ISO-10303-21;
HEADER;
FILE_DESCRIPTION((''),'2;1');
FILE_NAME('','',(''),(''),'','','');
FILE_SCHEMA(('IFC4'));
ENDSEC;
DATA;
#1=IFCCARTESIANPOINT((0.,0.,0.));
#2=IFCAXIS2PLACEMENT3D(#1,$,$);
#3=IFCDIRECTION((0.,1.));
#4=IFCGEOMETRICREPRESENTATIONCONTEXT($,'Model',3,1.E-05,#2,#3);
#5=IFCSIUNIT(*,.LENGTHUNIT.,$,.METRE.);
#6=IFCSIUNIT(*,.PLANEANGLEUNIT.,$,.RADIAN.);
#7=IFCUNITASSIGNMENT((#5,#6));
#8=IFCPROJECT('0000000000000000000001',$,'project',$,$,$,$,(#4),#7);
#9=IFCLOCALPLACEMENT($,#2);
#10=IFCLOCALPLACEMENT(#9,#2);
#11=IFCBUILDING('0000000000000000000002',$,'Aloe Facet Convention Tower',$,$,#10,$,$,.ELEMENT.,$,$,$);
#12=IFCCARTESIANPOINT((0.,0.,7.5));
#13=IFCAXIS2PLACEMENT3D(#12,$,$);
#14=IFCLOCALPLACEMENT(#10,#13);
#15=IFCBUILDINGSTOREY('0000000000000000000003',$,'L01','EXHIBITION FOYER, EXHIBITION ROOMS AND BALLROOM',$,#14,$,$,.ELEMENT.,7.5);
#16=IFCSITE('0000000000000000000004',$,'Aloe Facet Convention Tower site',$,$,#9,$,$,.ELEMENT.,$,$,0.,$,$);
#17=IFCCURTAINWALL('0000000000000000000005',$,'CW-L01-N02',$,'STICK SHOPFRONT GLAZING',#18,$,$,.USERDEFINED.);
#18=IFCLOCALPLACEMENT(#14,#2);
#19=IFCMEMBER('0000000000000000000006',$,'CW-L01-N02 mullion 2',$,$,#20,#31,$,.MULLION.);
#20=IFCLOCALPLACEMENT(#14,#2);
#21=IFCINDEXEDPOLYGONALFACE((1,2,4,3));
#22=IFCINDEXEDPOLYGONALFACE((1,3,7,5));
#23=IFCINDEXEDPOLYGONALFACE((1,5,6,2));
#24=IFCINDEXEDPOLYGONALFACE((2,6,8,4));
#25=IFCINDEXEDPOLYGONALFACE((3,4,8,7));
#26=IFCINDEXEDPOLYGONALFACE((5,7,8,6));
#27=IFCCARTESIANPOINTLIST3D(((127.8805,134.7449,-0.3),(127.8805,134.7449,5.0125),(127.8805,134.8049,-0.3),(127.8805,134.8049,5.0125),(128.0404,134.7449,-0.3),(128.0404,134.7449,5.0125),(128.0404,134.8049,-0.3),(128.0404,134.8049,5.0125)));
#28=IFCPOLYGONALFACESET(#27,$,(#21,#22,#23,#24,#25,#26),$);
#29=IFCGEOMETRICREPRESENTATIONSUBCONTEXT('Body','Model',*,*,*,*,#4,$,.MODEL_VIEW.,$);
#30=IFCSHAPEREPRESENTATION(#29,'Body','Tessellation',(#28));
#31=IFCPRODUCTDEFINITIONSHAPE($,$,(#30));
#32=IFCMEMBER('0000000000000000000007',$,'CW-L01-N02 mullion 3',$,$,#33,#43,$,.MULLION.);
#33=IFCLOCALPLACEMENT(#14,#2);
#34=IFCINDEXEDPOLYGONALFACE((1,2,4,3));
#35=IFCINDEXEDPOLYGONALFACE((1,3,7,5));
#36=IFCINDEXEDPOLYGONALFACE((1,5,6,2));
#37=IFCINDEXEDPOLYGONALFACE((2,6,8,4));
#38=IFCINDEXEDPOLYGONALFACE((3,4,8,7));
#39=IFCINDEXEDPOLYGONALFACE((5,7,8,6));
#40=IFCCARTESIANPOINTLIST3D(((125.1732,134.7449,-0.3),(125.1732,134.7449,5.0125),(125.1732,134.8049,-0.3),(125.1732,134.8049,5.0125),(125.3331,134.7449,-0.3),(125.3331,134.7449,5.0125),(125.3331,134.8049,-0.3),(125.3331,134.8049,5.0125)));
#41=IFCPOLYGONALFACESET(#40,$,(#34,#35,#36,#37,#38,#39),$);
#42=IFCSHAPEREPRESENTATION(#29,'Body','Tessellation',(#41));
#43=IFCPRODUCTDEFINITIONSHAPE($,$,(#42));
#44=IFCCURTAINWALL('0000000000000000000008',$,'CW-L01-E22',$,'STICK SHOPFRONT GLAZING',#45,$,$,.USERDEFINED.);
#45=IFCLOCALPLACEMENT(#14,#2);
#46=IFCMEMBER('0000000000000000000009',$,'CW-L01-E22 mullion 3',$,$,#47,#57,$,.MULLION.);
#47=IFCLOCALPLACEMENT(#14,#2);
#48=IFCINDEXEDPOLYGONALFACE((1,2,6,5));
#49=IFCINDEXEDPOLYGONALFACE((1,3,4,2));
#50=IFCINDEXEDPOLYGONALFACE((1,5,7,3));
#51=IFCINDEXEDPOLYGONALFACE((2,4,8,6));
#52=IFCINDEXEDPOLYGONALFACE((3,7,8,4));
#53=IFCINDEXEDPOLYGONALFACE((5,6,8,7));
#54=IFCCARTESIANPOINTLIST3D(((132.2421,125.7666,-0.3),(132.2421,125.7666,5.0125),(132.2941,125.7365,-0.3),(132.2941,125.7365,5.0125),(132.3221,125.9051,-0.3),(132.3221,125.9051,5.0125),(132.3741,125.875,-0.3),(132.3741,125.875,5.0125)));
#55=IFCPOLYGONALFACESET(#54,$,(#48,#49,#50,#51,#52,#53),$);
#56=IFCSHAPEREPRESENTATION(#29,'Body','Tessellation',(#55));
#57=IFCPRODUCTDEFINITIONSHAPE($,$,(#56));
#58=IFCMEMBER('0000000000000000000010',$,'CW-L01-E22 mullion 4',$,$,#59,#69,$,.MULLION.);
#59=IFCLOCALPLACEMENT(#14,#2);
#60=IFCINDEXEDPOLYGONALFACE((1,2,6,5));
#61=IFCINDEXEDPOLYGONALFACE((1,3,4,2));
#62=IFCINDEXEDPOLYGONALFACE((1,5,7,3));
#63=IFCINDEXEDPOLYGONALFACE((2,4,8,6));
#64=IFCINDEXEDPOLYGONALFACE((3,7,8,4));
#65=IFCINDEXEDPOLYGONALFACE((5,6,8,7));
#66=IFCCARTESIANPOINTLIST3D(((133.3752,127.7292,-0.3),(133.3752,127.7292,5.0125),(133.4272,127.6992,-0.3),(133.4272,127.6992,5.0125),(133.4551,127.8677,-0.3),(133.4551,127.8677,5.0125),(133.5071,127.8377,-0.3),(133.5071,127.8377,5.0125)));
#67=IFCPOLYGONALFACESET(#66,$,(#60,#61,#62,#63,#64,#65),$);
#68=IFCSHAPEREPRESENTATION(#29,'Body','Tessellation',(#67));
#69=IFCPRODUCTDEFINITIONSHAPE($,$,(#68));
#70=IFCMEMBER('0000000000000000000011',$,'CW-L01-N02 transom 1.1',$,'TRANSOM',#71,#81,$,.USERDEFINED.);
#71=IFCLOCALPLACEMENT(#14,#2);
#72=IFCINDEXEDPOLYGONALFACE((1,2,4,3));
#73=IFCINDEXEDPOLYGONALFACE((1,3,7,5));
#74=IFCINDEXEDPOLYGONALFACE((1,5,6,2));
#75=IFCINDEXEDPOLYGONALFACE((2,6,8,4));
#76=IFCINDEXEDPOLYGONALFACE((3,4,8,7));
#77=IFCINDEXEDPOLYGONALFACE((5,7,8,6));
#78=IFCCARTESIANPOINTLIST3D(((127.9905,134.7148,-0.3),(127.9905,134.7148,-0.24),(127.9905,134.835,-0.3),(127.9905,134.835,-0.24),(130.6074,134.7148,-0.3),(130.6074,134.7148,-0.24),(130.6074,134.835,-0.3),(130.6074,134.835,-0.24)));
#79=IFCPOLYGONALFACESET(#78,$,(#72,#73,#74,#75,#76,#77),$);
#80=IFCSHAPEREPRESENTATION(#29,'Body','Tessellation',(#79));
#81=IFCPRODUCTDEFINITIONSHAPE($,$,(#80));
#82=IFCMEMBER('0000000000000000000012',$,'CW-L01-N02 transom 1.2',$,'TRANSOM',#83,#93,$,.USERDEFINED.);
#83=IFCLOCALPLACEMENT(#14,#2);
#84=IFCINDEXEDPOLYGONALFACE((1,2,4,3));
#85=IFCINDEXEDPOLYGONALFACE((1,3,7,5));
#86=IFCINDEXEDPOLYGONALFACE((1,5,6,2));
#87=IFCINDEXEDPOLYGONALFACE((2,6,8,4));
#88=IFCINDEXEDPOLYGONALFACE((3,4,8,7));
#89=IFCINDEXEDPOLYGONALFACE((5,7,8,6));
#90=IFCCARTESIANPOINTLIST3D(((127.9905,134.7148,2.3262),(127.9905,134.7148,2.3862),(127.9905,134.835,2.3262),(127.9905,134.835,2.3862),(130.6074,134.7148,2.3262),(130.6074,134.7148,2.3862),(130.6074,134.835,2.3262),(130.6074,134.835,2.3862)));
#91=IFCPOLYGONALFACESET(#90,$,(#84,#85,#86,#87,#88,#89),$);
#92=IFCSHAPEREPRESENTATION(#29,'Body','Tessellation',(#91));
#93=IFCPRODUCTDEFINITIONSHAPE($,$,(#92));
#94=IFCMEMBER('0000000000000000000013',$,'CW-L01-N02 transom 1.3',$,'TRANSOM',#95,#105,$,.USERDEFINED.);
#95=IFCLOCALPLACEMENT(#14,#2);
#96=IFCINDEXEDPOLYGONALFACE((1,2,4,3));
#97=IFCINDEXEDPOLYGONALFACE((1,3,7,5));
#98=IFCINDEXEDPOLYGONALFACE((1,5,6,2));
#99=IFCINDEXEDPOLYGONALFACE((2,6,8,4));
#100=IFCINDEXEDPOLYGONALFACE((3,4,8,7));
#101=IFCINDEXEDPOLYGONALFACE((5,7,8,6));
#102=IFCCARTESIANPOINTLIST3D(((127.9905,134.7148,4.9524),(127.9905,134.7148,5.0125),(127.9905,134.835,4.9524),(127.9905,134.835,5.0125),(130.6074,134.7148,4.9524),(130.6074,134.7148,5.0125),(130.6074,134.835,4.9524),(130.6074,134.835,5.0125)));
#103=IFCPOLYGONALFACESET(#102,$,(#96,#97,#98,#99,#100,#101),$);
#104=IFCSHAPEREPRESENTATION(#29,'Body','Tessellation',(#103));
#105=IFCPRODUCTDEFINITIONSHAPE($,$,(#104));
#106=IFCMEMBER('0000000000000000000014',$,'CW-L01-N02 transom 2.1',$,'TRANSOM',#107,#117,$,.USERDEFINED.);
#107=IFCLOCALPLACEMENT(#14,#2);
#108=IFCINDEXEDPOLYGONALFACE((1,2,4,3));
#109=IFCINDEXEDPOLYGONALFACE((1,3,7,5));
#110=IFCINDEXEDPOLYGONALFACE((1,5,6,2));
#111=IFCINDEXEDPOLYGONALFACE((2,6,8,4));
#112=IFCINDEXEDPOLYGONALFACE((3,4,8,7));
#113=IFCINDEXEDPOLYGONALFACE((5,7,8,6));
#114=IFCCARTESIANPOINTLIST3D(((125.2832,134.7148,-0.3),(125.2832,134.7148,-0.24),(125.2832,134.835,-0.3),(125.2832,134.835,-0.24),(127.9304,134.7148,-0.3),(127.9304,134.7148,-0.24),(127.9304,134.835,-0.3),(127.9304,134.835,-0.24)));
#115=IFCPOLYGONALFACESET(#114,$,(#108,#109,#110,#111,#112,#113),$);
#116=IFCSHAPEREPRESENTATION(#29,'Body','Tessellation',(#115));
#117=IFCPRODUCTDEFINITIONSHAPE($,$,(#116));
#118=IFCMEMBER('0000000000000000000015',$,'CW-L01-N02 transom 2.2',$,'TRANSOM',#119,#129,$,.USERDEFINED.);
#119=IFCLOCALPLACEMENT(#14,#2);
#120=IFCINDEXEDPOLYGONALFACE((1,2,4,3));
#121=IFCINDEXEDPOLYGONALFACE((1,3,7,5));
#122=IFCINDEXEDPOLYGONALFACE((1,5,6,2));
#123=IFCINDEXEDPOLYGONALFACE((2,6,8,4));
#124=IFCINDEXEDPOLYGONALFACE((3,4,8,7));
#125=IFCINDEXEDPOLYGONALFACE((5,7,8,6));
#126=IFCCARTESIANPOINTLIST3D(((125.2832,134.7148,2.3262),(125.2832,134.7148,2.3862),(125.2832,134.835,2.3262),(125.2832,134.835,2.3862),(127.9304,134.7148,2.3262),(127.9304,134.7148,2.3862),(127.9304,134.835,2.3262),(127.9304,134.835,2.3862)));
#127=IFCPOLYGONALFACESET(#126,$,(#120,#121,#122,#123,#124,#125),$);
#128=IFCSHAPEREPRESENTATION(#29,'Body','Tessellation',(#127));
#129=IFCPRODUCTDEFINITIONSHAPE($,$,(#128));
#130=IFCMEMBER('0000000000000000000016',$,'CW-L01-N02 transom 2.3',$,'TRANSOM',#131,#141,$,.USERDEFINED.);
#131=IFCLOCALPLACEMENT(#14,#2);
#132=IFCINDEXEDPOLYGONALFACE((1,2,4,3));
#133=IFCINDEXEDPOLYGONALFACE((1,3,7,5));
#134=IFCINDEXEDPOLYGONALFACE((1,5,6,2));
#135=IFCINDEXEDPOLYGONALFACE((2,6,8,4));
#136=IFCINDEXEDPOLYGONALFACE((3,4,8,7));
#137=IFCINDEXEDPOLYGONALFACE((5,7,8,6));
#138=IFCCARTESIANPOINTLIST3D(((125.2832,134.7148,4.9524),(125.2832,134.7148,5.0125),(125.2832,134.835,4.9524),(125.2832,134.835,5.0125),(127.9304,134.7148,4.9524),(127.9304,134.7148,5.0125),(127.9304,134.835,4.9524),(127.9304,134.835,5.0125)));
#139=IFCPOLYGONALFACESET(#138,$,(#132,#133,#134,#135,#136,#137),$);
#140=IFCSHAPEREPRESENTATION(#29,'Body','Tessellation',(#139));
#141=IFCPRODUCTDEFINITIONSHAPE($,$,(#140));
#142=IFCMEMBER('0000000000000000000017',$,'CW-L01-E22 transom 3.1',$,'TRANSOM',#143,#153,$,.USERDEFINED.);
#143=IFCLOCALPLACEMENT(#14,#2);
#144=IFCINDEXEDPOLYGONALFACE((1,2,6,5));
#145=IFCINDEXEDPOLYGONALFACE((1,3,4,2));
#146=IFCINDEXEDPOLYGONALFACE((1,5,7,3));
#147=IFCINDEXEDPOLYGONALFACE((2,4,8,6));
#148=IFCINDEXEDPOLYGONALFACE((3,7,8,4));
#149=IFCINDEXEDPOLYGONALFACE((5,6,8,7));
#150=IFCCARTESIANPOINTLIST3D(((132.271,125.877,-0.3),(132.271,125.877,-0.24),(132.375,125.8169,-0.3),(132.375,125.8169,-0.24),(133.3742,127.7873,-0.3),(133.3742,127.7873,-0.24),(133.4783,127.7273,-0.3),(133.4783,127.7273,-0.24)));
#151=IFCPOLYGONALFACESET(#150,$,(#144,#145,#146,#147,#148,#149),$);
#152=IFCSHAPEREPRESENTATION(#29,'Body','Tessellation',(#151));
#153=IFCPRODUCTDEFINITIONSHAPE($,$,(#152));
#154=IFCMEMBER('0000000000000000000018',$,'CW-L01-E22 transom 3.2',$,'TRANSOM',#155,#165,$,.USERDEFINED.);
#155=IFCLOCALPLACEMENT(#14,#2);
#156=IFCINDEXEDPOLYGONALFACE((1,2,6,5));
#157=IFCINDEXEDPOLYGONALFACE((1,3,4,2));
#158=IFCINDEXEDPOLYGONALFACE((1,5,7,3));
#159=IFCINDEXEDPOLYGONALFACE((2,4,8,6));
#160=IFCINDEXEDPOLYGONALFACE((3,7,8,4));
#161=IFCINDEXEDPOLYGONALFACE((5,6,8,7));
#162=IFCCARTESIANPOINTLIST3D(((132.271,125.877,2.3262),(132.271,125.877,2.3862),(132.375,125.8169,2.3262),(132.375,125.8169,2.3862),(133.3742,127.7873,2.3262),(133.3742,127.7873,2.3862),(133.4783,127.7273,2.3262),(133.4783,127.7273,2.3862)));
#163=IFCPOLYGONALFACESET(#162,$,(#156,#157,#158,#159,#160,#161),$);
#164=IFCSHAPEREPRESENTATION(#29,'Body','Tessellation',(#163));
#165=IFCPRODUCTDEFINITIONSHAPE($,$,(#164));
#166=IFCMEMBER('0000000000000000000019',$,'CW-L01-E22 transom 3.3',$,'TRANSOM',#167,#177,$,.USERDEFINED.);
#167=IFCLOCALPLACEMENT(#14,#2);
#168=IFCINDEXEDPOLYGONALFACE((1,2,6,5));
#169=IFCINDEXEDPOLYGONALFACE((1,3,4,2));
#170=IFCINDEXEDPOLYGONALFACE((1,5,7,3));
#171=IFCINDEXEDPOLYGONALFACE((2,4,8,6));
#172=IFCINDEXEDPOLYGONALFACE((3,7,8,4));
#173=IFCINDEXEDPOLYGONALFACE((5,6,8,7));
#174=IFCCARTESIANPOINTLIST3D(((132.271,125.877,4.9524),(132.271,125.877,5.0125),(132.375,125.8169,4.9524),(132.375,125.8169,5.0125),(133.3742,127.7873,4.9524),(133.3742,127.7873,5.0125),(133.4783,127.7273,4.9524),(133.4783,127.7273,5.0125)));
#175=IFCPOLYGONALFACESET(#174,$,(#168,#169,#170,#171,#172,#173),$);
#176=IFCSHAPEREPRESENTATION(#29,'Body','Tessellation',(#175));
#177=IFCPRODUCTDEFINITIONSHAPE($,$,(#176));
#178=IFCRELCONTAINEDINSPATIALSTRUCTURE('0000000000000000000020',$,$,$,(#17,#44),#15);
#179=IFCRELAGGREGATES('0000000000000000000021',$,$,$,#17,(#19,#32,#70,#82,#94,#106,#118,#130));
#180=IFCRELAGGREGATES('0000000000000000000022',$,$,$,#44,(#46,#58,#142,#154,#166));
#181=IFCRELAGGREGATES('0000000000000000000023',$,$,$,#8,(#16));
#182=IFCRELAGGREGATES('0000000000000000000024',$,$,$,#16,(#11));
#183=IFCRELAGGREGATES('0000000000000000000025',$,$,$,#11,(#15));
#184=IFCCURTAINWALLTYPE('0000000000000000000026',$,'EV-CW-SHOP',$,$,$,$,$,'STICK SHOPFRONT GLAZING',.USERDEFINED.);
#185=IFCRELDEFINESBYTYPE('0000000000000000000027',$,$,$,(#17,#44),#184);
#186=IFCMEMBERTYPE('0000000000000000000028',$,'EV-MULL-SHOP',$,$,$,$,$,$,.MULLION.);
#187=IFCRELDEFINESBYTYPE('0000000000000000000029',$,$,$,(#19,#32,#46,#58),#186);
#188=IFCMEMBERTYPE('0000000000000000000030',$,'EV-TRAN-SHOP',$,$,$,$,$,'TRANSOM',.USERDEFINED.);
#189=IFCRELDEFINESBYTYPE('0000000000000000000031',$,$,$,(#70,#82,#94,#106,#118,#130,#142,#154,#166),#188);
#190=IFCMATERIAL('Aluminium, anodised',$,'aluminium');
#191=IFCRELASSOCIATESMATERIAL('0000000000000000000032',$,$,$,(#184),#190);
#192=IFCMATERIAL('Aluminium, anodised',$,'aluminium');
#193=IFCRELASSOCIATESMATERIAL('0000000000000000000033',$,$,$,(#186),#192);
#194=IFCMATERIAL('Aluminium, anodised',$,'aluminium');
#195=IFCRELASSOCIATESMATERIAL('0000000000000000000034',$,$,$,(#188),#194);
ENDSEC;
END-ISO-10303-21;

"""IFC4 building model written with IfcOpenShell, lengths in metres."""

from ifc_helpers import new_model, si_unit, direction, frame, origin, origin_2d, place, context, subcontext, project, spatial, rectangle, extrude, material, material_profile, profile_set, type_object, element, aggregate, save


model = new_model("IFC4")

# Units and contexts
model_context = context("Model", 3, precision=1e-05, world=origin(), true_north=direction((0.0, 1.0)))
body_context = subcontext(model_context, "Body", "Model", "MODEL_VIEW")
ifc_project = project(units=[si_unit("LENGTHUNIT", "METRE"), si_unit("PLANEANGLEUNIT", "RADIAN")], contexts=[model_context])

# Site, building, storey
site_placement = place(None, origin())
site = spatial("IfcSite", under=ifc_project, at=site_placement, Name="Aloe Facet Convention Tower site", CompositionType="ELEMENT", RefElevation=0.0)
building_placement = place(site_placement, origin())
building = spatial("IfcBuilding", under=site, at=building_placement, Name="Aloe Facet Convention Tower", CompositionType="ELEMENT")
storey_placement = place(building_placement, frame((0.0, 0.0, 7.5)))
storey = spatial("IfcBuildingStorey", under=building, at=storey_placement, Name="L01", Description="EXHIBITION FOYER, EXHIBITION ROOMS AND BALLROOM", CompositionType="ELEMENT", Elevation=7.5)

# Curtain walls, members
ifc_material_1 = material(Name="Aluminium, anodised", Category="aluminium")
curtain_wall_type = type_object("IfcCurtainWallType", Name="EV-CW-SHOP", ElementType="STICK SHOPFRONT GLAZING", PredefinedType="USERDEFINED", material=ifc_material_1)
curtain_wall_1_placement = place(storey_placement, origin())
curtain_wall_1 = element("IfcCurtainWall", 1, at=curtain_wall_1_placement, inside=storey, type_object=curtain_wall_type, Name="CW-L01-N02", ObjectType="STICK SHOPFRONT GLAZING", PredefinedType="USERDEFINED")
ifc_material_2 = material(Name="Aluminium, anodised", Category="aluminium")
ifc_material_profile_1 = material_profile(ifc_material_2, rectangle(XDim=0.0601, YDim=0.1599, at=origin_2d()), Name="AL 60x160")
ifc_profile_set_1 = profile_set([ifc_material_profile_1], Name="Aluminium, anodised")
member_type_1 = type_object("IfcMemberType", Name="EV-MULL-SHOP", PredefinedType="MULLION", material=ifc_profile_set_1)
member_1_placement = place(storey_placement, frame((127.9604, 134.7749, -0.3), z_axis=(0.0, 0.0, 1.0), x_axis=(0.0, -1.0, 0.0)))
member_1 = element("IfcMember", 2, at=member_1_placement, type_object=member_type_1, Name="CW-L01-N02 mullion 2", PredefinedType="MULLION", context=body_context, shape_type="SweptSolid", body=[
    extrude(rectangle(XDim=0.0601, YDim=0.1599, at=origin_2d()), origin(), (0.0, 0.0, 1.0), 5.3125),
])
member_2_placement = place(storey_placement, frame((125.2532, 134.7749, -0.3), z_axis=(0.0, 0.0, 1.0), x_axis=(0.0, -1.0, 0.0)))
member_2 = element("IfcMember", 3, at=member_2_placement, type_object=member_type_1, Name="CW-L01-N02 mullion 3", PredefinedType="MULLION", context=body_context, shape_type="SweptSolid", body=[
    extrude(rectangle(XDim=0.0601, YDim=0.1599, at=origin_2d()), origin(), (0.0, 0.0, 1.0), 5.3125),
])
curtain_wall_2_placement = place(storey_placement, origin())
curtain_wall_2 = element("IfcCurtainWall", 4, at=curtain_wall_2_placement, inside=storey, type_object=curtain_wall_type, Name="CW-L01-E22", ObjectType="STICK SHOPFRONT GLAZING", PredefinedType="USERDEFINED")
member_3_placement = place(storey_placement, frame((132.3081, 125.8208, -0.3), z_axis=(0.0, 0.0, 1.0), x_axis=(-0.866025, 0.5, 0.0)))
member_3 = element("IfcMember", 5, at=member_3_placement, type_object=member_type_1, Name="CW-L01-E22 mullion 3", PredefinedType="MULLION", context=body_context, shape_type="SweptSolid", body=[
    extrude(rectangle(XDim=0.0601, YDim=0.1599, at=origin_2d()), origin(), (0.0, 0.0, 1.0), 5.3125),
])
member_4_placement = place(storey_placement, frame((133.4412, 127.7834, -0.3), z_axis=(0.0, 0.0, 1.0), x_axis=(-0.866025, 0.5, 0.0)))
member_4 = element("IfcMember", 6, at=member_4_placement, type_object=member_type_1, Name="CW-L01-E22 mullion 4", PredefinedType="MULLION", context=body_context, shape_type="SweptSolid", body=[
    extrude(rectangle(XDim=0.0601, YDim=0.1599, at=origin_2d()), origin(), (0.0, 0.0, 1.0), 5.3125),
])

# Members
ifc_material_3 = material(Name="Aluminium, anodised", Category="aluminium")
ifc_material_profile_2 = material_profile(ifc_material_3, rectangle(XDim=0.1201, YDim=0.0601, at=origin_2d()), Name="AL 120x60")
ifc_profile_set_2 = profile_set([ifc_material_profile_2], Name="Aluminium, anodised")
member_type_2 = type_object("IfcMemberType", Name="EV-TRAN-SHOP", ElementType="TRANSOM", PredefinedType="USERDEFINED", material=ifc_profile_set_2)
member_5_placement = place(storey_placement, frame((130.6074, 134.7749, -0.27), z_axis=(-1.0, 0.0, 0.0), x_axis=(0.0, -1.0, 0.0)))
member_5 = element("IfcMember", 7, at=member_5_placement, type_object=member_type_2, Name="CW-L01-N02 transom 1.1", ObjectType="TRANSOM", PredefinedType="USERDEFINED", context=body_context, shape_type="SweptSolid", body=[
    extrude(rectangle(XDim=0.1201, YDim=0.0601, at=origin_2d()), origin(), (0.0, 0.0, 1.0), 2.6169),
])
member_6_placement = place(storey_placement, frame((130.6074, 134.7749, 2.3562), z_axis=(-1.0, 0.0, 0.0), x_axis=(0.0, -1.0, 0.0)))
member_6 = element("IfcMember", 8, at=member_6_placement, type_object=member_type_2, Name="CW-L01-N02 transom 1.2", ObjectType="TRANSOM", PredefinedType="USERDEFINED", context=body_context, shape_type="SweptSolid", body=[
    extrude(rectangle(XDim=0.1201, YDim=0.0601, at=origin_2d()), origin(), (0.0, 0.0, 1.0), 2.6169),
])
member_7_placement = place(storey_placement, frame((130.6074, 134.7749, 4.9824), z_axis=(-1.0, 0.0, 0.0), x_axis=(0.0, -1.0, 0.0)))
member_7 = element("IfcMember", 9, at=member_7_placement, type_object=member_type_2, Name="CW-L01-N02 transom 1.3", ObjectType="TRANSOM", PredefinedType="USERDEFINED", context=body_context, shape_type="SweptSolid", body=[
    extrude(rectangle(XDim=0.1201, YDim=0.0601, at=origin_2d()), origin(), (0.0, 0.0, 1.0), 2.6169),
])
member_8_placement = place(storey_placement, frame((127.9304, 134.7749, -0.27), z_axis=(-1.0, 0.0, 0.0), x_axis=(0.0, -1.0, 0.0)))
member_8 = element("IfcMember", 10, at=member_8_placement, type_object=member_type_2, Name="CW-L01-N02 transom 2.1", ObjectType="TRANSOM", PredefinedType="USERDEFINED", context=body_context, shape_type="SweptSolid", body=[
    extrude(rectangle(XDim=0.1201, YDim=0.0601, at=origin_2d()), origin(), (0.0, 0.0, 1.0), 2.6472),
])
member_9_placement = place(storey_placement, frame((127.9304, 134.7749, 2.3562), z_axis=(-1.0, 0.0, 0.0), x_axis=(0.0, -1.0, 0.0)))
member_9 = element("IfcMember", 11, at=member_9_placement, type_object=member_type_2, Name="CW-L01-N02 transom 2.2", ObjectType="TRANSOM", PredefinedType="USERDEFINED", context=body_context, shape_type="SweptSolid", body=[
    extrude(rectangle(XDim=0.1201, YDim=0.0601, at=origin_2d()), origin(), (0.0, 0.0, 1.0), 2.6472),
])
member_10_placement = place(storey_placement, frame((127.9304, 134.7749, 4.9824), z_axis=(-1.0, 0.0, 0.0), x_axis=(0.0, -1.0, 0.0)))
member_10 = element("IfcMember", 12, at=member_10_placement, type_object=member_type_2, Name="CW-L01-N02 transom 2.3", ObjectType="TRANSOM", PredefinedType="USERDEFINED", context=body_context, shape_type="SweptSolid", body=[
    extrude(rectangle(XDim=0.1201, YDim=0.0601, at=origin_2d()), origin(), (0.0, 0.0, 1.0), 2.6472),
])
member_11_placement = place(storey_placement, frame((132.323, 125.8469, -0.27), z_axis=(0.500102, 0.865966, 0.0), x_axis=(-0.865966, 0.500102, 0.0)))
member_11 = element("IfcMember", 13, at=member_11_placement, type_object=member_type_2, Name="CW-L01-E22 transom 3.1", ObjectType="TRANSOM", PredefinedType="USERDEFINED", context=body_context, shape_type="SweptSolid", body=[
    extrude(rectangle(XDim=0.1201, YDim=0.0601, at=origin_2d()), origin(), (0.0, 0.0, 1.0), 2.2061),
])
member_12_placement = place(storey_placement, frame((132.323, 125.8469, 2.3562), z_axis=(0.500102, 0.865966, 0.0), x_axis=(-0.865966, 0.500102, 0.0)))
member_12 = element("IfcMember", 14, at=member_12_placement, type_object=member_type_2, Name="CW-L01-E22 transom 3.2", ObjectType="TRANSOM", PredefinedType="USERDEFINED", context=body_context, shape_type="SweptSolid", body=[
    extrude(rectangle(XDim=0.1201, YDim=0.0601, at=origin_2d()), origin(), (0.0, 0.0, 1.0), 2.2061),
])
member_13_placement = place(storey_placement, frame((132.323, 125.8469, 4.9824), z_axis=(0.500102, 0.865966, 0.0), x_axis=(-0.865966, 0.500102, 0.0)))
member_13 = element("IfcMember", 15, at=member_13_placement, type_object=member_type_2, Name="CW-L01-E22 transom 3.3", ObjectType="TRANSOM", PredefinedType="USERDEFINED", context=body_context, shape_type="SweptSolid", body=[
    extrude(rectangle(XDim=0.1201, YDim=0.0601, at=origin_2d()), origin(), (0.0, 0.0, 1.0), 2.2061),
])

aggregate(curtain_wall_1, [member_1, member_2, member_5, member_6, member_7, member_8, member_9, member_10])
aggregate(curtain_wall_2, [member_3, member_4, member_11, member_12, member_13])

save(model, "model.ifc")
